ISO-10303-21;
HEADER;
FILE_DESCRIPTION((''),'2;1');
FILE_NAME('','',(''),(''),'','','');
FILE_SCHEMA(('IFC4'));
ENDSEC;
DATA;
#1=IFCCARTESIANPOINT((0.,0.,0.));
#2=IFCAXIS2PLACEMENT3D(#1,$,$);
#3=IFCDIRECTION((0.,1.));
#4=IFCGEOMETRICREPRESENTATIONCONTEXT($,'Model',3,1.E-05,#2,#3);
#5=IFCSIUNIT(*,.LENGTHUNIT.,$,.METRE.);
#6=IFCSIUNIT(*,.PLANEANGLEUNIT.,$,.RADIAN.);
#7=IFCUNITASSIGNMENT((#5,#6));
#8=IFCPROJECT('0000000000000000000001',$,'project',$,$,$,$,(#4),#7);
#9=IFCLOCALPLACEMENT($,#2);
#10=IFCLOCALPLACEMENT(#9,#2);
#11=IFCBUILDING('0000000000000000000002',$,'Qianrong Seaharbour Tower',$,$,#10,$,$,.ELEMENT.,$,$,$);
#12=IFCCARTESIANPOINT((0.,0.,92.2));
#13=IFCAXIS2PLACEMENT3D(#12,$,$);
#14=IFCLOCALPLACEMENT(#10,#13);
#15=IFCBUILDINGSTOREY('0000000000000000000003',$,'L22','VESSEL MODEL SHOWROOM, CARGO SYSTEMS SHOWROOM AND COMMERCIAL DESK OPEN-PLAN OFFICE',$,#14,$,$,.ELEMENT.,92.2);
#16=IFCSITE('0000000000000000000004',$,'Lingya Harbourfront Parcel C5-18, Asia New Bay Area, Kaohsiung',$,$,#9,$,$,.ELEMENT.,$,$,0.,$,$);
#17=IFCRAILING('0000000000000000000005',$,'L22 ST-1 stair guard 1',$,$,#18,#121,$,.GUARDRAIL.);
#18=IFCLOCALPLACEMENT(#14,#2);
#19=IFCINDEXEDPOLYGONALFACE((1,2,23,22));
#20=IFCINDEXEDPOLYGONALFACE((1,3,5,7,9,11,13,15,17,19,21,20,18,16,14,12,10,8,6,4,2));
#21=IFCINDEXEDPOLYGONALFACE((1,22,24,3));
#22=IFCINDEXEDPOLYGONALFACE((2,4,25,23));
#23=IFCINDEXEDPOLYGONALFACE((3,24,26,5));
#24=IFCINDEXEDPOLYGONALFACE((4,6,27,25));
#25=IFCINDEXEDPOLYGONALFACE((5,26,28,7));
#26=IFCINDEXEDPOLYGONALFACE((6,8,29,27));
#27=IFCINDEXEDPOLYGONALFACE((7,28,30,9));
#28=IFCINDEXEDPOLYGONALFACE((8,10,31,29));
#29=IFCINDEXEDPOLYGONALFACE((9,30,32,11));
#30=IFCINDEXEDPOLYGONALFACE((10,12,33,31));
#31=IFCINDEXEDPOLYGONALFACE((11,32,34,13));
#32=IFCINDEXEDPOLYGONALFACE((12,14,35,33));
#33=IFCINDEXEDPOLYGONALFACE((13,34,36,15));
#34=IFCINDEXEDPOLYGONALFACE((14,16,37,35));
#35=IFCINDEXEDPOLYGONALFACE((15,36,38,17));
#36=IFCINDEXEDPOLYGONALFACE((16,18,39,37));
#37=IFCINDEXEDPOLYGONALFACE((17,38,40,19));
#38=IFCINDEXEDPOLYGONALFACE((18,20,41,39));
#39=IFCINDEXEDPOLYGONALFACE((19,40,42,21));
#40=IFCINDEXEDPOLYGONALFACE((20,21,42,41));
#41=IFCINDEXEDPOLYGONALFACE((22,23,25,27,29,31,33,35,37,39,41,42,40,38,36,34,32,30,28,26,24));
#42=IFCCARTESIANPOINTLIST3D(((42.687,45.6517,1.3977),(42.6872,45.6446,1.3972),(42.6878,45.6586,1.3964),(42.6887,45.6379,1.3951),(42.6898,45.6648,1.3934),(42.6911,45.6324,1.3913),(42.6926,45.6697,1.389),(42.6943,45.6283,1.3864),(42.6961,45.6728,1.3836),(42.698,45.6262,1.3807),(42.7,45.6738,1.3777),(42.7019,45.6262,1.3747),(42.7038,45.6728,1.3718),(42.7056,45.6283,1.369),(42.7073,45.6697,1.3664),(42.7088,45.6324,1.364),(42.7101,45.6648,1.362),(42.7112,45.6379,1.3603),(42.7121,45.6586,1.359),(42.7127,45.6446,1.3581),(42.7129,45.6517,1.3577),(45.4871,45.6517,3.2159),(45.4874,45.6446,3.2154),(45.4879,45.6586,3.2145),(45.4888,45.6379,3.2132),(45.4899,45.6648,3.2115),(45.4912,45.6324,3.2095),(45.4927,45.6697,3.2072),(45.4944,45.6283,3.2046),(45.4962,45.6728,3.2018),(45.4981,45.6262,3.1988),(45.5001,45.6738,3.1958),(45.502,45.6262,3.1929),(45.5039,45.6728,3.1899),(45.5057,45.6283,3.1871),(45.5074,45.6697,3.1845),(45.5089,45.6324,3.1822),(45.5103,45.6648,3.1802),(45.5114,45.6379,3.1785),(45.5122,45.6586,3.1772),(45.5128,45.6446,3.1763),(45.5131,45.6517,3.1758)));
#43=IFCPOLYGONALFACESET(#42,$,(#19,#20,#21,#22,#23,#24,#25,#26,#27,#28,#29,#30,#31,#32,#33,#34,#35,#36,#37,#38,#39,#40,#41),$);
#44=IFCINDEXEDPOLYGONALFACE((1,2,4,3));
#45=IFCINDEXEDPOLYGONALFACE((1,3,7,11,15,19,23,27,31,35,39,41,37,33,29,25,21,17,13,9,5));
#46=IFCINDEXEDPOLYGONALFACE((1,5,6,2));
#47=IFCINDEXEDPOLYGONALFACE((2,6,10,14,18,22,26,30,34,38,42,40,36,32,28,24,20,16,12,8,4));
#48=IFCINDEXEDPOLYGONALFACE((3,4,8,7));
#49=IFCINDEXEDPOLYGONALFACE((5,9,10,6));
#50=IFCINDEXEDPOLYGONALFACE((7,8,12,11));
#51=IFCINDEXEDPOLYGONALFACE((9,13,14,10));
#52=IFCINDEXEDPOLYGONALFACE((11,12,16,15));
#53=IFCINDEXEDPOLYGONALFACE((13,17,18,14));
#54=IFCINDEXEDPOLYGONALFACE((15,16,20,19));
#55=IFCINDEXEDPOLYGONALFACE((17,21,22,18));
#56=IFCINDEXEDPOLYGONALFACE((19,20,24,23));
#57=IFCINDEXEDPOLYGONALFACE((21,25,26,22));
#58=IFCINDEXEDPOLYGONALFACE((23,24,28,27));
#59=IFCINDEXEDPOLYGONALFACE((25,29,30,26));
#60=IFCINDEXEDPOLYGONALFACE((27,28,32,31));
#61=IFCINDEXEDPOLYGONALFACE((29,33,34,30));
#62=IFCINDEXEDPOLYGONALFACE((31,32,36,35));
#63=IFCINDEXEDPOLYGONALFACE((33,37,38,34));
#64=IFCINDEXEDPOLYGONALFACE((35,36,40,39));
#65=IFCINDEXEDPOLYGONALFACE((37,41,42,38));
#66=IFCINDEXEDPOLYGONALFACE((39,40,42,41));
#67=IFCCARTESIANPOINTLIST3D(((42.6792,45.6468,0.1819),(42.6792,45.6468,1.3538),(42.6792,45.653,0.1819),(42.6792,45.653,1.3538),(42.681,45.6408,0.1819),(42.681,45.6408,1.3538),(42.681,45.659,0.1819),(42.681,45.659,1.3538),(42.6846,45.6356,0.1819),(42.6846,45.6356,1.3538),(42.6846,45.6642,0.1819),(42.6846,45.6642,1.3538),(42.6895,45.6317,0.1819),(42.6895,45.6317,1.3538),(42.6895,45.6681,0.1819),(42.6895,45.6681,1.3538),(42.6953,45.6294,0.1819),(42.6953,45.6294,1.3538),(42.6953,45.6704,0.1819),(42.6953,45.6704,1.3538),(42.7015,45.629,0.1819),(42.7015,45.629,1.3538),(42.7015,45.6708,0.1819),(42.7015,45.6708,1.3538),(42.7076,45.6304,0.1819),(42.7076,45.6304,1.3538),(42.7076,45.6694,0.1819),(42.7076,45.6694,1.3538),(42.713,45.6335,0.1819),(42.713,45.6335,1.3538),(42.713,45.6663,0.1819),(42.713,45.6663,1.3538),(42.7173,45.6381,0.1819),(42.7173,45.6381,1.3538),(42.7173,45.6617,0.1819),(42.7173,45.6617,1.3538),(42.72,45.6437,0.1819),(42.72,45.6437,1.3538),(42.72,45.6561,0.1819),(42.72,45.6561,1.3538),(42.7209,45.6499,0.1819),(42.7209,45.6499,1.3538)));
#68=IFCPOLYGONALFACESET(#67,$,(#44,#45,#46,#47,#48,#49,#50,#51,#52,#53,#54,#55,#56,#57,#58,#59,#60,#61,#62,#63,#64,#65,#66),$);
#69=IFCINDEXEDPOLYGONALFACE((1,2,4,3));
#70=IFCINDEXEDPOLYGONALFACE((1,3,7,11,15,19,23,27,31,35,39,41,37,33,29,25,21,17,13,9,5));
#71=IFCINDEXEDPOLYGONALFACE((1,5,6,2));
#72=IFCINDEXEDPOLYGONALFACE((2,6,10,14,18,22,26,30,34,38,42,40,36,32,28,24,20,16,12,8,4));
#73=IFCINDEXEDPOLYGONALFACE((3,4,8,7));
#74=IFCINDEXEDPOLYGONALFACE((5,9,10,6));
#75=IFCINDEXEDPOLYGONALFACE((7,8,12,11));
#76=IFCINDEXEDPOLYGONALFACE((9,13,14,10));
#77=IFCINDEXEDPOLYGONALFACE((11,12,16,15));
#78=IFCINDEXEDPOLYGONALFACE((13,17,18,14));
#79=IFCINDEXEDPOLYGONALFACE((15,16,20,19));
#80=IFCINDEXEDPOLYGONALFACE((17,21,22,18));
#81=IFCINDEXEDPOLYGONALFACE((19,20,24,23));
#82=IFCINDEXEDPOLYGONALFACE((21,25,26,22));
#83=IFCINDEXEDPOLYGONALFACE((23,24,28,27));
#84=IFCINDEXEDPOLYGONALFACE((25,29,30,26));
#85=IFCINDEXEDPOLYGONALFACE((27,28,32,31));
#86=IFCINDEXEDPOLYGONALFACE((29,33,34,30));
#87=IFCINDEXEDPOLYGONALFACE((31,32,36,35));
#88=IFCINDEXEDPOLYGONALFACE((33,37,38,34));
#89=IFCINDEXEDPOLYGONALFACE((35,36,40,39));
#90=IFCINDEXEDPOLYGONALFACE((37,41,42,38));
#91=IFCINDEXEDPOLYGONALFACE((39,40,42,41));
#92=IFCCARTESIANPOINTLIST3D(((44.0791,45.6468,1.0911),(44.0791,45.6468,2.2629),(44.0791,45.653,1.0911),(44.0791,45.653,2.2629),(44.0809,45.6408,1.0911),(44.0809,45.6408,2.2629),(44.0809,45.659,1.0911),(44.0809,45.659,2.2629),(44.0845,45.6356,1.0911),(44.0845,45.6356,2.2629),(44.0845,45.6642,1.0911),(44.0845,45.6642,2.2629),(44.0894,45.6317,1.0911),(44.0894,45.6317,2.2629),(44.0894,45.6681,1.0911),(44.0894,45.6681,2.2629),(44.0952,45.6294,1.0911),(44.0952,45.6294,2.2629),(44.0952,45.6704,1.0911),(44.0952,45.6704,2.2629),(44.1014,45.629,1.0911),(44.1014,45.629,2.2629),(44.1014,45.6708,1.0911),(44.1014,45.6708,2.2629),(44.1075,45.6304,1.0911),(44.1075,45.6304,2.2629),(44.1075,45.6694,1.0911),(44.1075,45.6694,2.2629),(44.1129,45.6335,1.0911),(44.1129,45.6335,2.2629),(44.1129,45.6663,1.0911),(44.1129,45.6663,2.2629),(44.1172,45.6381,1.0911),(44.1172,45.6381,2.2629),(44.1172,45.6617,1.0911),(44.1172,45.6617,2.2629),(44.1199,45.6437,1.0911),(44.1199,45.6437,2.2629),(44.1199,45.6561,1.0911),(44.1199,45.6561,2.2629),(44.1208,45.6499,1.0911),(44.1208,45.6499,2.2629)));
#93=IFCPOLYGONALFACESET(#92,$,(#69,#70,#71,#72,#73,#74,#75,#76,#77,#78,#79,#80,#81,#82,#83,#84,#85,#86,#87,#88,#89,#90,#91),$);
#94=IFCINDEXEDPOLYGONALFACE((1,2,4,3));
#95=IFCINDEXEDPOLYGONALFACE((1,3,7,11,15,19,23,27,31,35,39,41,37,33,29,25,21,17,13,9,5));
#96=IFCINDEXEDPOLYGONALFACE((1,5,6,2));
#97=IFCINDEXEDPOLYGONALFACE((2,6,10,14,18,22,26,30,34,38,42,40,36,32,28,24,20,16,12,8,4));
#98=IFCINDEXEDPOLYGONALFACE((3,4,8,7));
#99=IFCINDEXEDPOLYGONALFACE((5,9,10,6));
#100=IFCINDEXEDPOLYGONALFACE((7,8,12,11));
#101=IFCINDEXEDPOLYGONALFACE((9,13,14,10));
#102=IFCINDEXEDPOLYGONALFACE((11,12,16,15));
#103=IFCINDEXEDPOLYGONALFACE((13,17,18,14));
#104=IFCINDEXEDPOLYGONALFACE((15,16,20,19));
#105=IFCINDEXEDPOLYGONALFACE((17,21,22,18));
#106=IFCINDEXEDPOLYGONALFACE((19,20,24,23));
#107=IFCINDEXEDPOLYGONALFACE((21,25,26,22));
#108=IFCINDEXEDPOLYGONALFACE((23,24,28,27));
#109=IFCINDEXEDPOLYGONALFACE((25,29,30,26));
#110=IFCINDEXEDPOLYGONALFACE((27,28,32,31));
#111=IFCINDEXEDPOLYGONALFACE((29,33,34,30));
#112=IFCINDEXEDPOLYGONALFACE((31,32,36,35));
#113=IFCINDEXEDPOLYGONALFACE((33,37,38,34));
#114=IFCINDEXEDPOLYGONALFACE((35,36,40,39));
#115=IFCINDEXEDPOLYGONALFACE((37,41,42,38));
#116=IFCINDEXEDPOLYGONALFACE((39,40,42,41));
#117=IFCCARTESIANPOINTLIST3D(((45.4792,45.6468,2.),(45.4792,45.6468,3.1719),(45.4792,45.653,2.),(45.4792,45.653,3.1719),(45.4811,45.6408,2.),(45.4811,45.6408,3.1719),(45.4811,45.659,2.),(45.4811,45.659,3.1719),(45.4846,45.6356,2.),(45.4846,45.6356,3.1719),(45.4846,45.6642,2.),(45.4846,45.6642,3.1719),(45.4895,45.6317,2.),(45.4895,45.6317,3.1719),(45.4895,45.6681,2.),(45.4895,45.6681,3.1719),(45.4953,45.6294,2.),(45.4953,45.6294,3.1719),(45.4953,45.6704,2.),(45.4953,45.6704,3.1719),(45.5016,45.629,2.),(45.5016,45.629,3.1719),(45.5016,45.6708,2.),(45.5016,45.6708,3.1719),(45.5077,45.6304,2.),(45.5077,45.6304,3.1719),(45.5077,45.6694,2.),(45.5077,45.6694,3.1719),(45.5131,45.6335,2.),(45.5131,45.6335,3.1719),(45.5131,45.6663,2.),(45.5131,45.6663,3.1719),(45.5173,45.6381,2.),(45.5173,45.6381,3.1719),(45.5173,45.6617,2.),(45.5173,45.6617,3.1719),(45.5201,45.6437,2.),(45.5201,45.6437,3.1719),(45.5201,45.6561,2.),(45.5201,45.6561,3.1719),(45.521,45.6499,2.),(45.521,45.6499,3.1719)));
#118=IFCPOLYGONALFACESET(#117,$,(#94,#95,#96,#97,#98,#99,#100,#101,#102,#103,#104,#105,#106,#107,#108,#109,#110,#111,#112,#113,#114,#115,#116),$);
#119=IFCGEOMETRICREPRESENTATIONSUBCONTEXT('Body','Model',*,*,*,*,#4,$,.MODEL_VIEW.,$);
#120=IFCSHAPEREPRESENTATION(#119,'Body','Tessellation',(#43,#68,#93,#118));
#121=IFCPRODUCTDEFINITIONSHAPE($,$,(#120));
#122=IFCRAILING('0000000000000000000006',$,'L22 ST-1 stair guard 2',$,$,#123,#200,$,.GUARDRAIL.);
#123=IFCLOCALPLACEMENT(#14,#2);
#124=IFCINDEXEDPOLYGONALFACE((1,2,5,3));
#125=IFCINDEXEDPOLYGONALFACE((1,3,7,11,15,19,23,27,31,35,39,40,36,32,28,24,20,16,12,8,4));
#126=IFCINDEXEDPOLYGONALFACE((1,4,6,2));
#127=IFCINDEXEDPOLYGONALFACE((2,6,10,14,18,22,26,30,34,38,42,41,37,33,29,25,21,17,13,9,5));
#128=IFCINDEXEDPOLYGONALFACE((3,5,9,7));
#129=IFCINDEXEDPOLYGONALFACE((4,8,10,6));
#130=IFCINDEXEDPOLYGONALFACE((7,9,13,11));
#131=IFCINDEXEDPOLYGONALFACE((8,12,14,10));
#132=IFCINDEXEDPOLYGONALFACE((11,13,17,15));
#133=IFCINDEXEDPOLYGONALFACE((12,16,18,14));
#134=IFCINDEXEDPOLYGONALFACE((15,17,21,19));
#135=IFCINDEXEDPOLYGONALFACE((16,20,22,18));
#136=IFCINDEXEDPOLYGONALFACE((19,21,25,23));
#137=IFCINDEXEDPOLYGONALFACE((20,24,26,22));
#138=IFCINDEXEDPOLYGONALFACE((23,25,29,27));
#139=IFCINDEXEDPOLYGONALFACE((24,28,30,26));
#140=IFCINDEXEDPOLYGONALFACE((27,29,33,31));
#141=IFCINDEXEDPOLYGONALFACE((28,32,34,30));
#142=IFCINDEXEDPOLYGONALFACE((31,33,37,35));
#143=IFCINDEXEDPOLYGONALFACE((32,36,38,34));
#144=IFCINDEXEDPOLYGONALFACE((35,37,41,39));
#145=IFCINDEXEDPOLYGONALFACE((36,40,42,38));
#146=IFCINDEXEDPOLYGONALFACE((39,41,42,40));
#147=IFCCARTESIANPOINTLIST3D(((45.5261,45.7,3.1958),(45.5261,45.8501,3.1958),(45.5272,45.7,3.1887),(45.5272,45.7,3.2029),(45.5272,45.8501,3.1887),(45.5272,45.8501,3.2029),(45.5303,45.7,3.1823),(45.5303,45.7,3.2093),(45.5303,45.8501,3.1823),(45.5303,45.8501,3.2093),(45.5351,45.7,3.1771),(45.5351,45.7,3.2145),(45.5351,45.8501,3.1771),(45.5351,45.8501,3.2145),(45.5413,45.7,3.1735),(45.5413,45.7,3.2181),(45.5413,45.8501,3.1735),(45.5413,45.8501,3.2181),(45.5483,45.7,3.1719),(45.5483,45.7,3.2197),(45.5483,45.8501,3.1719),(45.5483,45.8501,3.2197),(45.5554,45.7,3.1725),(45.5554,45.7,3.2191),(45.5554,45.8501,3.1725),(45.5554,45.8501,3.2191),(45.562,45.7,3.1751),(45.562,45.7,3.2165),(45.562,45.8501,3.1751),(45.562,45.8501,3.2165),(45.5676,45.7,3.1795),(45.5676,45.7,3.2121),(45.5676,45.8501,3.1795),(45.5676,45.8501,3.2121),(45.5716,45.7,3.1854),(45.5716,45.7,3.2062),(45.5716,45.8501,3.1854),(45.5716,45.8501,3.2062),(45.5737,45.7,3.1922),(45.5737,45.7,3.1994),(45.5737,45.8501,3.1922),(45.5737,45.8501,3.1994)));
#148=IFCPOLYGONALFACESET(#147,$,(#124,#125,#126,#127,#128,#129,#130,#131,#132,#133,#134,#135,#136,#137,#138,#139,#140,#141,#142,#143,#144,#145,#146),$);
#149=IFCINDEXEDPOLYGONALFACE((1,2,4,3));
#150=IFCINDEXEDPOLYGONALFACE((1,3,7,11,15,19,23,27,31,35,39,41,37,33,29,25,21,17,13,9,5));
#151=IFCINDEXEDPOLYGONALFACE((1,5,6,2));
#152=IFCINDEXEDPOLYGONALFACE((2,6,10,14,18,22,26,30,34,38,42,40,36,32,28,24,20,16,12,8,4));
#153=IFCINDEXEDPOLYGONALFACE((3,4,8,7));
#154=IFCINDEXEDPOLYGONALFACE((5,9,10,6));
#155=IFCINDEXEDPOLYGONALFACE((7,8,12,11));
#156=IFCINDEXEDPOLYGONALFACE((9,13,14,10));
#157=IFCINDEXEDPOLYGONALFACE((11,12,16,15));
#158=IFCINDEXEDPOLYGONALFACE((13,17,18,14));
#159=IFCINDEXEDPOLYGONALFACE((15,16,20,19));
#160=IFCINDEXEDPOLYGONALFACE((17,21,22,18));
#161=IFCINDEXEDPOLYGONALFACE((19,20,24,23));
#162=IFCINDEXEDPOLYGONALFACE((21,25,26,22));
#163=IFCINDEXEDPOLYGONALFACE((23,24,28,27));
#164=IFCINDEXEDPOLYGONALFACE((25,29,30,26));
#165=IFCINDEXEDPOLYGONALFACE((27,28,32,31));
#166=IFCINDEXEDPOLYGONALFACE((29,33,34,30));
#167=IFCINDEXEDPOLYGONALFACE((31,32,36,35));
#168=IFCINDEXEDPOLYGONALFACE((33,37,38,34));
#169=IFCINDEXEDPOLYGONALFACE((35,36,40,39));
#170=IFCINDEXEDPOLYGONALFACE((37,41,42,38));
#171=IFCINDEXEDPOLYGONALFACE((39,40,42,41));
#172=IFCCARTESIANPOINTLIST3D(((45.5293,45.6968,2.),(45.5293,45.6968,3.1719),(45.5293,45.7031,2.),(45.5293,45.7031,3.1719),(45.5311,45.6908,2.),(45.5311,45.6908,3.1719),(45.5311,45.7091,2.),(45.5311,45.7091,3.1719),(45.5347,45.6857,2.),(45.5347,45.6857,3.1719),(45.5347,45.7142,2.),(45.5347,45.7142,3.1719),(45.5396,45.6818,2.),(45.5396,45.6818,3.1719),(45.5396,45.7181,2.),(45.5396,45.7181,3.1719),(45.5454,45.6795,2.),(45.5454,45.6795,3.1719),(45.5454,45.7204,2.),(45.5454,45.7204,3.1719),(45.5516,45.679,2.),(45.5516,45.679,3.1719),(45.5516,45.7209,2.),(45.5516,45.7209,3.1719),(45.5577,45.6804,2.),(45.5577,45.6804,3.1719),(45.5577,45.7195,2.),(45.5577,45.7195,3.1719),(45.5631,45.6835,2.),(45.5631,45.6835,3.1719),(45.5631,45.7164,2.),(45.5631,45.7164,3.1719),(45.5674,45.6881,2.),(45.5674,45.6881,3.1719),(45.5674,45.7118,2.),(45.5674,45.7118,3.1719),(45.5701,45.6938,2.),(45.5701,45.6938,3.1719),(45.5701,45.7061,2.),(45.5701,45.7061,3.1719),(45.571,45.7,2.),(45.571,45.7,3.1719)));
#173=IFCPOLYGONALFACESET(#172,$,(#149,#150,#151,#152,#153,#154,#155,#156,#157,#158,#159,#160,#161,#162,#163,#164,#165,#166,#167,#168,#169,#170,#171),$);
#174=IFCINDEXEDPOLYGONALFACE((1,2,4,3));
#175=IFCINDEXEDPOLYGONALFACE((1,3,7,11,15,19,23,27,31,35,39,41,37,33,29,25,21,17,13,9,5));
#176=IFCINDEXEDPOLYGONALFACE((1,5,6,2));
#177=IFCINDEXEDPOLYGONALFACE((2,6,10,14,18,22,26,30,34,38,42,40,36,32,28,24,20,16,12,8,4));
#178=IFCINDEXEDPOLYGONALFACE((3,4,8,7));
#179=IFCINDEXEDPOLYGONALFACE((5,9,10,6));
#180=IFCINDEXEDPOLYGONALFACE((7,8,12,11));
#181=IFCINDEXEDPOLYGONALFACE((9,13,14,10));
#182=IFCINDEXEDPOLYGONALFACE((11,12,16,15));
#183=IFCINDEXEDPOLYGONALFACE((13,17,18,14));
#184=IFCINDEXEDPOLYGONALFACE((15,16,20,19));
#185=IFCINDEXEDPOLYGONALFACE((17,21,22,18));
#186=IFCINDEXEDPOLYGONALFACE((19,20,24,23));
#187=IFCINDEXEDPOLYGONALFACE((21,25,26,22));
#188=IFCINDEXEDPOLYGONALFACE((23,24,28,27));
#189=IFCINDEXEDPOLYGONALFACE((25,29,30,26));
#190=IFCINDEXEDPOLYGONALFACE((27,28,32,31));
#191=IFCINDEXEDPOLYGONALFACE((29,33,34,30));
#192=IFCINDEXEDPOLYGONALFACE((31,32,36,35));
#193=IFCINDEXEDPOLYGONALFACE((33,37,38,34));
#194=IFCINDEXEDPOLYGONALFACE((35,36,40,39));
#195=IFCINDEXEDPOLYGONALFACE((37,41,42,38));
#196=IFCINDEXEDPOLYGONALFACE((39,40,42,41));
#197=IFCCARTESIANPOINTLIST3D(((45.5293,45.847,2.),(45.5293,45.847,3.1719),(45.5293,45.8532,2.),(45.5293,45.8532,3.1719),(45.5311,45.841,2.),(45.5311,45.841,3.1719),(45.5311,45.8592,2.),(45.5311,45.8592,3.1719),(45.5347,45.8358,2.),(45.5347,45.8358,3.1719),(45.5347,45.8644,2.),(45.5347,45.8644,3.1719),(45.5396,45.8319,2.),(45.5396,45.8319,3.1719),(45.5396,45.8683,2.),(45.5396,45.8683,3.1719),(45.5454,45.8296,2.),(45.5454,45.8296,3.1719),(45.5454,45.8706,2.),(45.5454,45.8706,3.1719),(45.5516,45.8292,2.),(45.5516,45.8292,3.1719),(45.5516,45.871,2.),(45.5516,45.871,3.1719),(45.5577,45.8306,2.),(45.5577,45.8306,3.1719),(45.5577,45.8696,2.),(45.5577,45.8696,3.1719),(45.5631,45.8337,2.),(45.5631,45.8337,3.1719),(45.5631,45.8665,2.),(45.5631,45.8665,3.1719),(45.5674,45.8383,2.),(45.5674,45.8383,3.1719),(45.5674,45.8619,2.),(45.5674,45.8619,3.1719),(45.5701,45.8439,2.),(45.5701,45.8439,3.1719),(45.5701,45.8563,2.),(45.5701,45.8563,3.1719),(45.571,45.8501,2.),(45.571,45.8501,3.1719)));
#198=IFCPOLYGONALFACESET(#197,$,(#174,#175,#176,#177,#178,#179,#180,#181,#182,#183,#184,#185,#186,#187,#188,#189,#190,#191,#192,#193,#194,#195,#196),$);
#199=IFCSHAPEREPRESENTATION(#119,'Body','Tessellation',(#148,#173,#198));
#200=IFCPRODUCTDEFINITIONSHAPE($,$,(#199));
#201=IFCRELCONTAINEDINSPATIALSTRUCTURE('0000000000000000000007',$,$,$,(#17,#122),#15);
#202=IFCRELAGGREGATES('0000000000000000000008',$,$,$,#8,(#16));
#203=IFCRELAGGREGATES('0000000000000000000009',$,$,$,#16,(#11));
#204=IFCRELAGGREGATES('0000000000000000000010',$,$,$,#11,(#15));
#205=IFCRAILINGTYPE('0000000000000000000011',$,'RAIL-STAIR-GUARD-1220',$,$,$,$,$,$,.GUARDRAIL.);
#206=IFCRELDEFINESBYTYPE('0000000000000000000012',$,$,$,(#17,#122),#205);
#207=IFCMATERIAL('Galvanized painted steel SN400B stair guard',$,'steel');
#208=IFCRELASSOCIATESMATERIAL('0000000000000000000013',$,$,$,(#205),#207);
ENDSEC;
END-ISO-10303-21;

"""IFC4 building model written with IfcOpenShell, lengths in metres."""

from ifc_helpers import new_model, si_unit, direction, frame, origin, origin_2d, place, context, subcontext, project, spatial, circle, extrude, material, type_object, element, save


model = new_model("IFC4")

# Units and contexts
model_context = context("Model", 3, precision=1e-05, world=origin(), true_north=direction((0.0, 1.0)))
body_context = subcontext(model_context, "Body", "Model", "MODEL_VIEW")
ifc_project = project(units=[si_unit("LENGTHUNIT", "METRE"), si_unit("PLANEANGLEUNIT", "RADIAN")], contexts=[model_context])

# Site, building, storey
site_placement = place(None, origin())
site = spatial("IfcSite", under=ifc_project, at=site_placement, Name="Lingya Harbourfront Parcel C5-18, Asia New Bay Area, Kaohsiung", CompositionType="ELEMENT", RefElevation=0.0)
building_placement = place(site_placement, origin())
building = spatial("IfcBuilding", under=site, at=building_placement, Name="Qianrong Seaharbour Tower", CompositionType="ELEMENT")
storey_placement = place(building_placement, frame((0.0, 0.0, 92.2)))
storey = spatial("IfcBuildingStorey", under=building, at=storey_placement, Name="L22", Description="VESSEL MODEL SHOWROOM, CARGO SYSTEMS SHOWROOM AND COMMERCIAL DESK OPEN-PLAN OFFICE", CompositionType="ELEMENT", Elevation=92.2)

# Railings
ifc_material_1 = material(Name="Galvanized painted steel SN400B stair guard", Category="steel")
railing_type_1 = type_object("IfcRailingType", Name="RAIL-STAIR-GUARD-1220", PredefinedType="GUARDRAIL", material=ifc_material_1)
railing_1_placement = place(storey_placement, frame((42.7, 45.6499, 0.1819)))
element("IfcRailing", 1, at=railing_1_placement, inside=storey, type_object=railing_type_1, Name="L22 ST-1 stair guard 1", PredefinedType="GUARDRAIL", context=body_context, shape_type="SweptSolid", body=[
    extrude(circle(Radius=0.0239, at=origin_2d()), frame((0.0, 0.0, 1.1958), z_axis=(0.838706, 0.0, 0.544585), x_axis=(0.0, 1.0, 0.0)), (0.0, 0.0, 1.0), 3.3386),
    extrude(circle(Radius=0.021, at=origin_2d()), origin(), (0.0, 0.0, 1.0), 1.1719),
    extrude(circle(Radius=0.021, at=origin_2d()), frame((1.3999, 0.0, 0.9092)), (0.0, 0.0, 1.0), 1.1719),
    extrude(circle(Radius=0.021, at=origin_2d()), frame((2.8, 0.0, 1.8181)), (0.0, 0.0, 1.0), 1.1719),
])
railing_2_placement = place(storey_placement, frame((45.55, 45.7, 2.0)))
element("IfcRailing", 2, at=railing_2_placement, inside=storey, type_object=railing_type_1, Name="L22 ST-1 stair guard 2", PredefinedType="GUARDRAIL", context=body_context, shape_type="SweptSolid", body=[
    extrude(circle(Radius=0.0239, at=origin_2d()), frame((0.0, 0.0, 1.1958), z_axis=(0.0, 1.0, 0.0), x_axis=(-1.0, 0.0, 0.0)), (0.0, 0.0, 1.0), 0.1501),
    extrude(circle(Radius=0.021, at=origin_2d()), origin(), (0.0, 0.0, 1.0), 1.1719),
    extrude(circle(Radius=0.021, at=origin_2d()), frame((0.0, 0.1501, 0.0)), (0.0, 0.0, 1.0), 1.1719),
])

save(model, "model.ifc")
